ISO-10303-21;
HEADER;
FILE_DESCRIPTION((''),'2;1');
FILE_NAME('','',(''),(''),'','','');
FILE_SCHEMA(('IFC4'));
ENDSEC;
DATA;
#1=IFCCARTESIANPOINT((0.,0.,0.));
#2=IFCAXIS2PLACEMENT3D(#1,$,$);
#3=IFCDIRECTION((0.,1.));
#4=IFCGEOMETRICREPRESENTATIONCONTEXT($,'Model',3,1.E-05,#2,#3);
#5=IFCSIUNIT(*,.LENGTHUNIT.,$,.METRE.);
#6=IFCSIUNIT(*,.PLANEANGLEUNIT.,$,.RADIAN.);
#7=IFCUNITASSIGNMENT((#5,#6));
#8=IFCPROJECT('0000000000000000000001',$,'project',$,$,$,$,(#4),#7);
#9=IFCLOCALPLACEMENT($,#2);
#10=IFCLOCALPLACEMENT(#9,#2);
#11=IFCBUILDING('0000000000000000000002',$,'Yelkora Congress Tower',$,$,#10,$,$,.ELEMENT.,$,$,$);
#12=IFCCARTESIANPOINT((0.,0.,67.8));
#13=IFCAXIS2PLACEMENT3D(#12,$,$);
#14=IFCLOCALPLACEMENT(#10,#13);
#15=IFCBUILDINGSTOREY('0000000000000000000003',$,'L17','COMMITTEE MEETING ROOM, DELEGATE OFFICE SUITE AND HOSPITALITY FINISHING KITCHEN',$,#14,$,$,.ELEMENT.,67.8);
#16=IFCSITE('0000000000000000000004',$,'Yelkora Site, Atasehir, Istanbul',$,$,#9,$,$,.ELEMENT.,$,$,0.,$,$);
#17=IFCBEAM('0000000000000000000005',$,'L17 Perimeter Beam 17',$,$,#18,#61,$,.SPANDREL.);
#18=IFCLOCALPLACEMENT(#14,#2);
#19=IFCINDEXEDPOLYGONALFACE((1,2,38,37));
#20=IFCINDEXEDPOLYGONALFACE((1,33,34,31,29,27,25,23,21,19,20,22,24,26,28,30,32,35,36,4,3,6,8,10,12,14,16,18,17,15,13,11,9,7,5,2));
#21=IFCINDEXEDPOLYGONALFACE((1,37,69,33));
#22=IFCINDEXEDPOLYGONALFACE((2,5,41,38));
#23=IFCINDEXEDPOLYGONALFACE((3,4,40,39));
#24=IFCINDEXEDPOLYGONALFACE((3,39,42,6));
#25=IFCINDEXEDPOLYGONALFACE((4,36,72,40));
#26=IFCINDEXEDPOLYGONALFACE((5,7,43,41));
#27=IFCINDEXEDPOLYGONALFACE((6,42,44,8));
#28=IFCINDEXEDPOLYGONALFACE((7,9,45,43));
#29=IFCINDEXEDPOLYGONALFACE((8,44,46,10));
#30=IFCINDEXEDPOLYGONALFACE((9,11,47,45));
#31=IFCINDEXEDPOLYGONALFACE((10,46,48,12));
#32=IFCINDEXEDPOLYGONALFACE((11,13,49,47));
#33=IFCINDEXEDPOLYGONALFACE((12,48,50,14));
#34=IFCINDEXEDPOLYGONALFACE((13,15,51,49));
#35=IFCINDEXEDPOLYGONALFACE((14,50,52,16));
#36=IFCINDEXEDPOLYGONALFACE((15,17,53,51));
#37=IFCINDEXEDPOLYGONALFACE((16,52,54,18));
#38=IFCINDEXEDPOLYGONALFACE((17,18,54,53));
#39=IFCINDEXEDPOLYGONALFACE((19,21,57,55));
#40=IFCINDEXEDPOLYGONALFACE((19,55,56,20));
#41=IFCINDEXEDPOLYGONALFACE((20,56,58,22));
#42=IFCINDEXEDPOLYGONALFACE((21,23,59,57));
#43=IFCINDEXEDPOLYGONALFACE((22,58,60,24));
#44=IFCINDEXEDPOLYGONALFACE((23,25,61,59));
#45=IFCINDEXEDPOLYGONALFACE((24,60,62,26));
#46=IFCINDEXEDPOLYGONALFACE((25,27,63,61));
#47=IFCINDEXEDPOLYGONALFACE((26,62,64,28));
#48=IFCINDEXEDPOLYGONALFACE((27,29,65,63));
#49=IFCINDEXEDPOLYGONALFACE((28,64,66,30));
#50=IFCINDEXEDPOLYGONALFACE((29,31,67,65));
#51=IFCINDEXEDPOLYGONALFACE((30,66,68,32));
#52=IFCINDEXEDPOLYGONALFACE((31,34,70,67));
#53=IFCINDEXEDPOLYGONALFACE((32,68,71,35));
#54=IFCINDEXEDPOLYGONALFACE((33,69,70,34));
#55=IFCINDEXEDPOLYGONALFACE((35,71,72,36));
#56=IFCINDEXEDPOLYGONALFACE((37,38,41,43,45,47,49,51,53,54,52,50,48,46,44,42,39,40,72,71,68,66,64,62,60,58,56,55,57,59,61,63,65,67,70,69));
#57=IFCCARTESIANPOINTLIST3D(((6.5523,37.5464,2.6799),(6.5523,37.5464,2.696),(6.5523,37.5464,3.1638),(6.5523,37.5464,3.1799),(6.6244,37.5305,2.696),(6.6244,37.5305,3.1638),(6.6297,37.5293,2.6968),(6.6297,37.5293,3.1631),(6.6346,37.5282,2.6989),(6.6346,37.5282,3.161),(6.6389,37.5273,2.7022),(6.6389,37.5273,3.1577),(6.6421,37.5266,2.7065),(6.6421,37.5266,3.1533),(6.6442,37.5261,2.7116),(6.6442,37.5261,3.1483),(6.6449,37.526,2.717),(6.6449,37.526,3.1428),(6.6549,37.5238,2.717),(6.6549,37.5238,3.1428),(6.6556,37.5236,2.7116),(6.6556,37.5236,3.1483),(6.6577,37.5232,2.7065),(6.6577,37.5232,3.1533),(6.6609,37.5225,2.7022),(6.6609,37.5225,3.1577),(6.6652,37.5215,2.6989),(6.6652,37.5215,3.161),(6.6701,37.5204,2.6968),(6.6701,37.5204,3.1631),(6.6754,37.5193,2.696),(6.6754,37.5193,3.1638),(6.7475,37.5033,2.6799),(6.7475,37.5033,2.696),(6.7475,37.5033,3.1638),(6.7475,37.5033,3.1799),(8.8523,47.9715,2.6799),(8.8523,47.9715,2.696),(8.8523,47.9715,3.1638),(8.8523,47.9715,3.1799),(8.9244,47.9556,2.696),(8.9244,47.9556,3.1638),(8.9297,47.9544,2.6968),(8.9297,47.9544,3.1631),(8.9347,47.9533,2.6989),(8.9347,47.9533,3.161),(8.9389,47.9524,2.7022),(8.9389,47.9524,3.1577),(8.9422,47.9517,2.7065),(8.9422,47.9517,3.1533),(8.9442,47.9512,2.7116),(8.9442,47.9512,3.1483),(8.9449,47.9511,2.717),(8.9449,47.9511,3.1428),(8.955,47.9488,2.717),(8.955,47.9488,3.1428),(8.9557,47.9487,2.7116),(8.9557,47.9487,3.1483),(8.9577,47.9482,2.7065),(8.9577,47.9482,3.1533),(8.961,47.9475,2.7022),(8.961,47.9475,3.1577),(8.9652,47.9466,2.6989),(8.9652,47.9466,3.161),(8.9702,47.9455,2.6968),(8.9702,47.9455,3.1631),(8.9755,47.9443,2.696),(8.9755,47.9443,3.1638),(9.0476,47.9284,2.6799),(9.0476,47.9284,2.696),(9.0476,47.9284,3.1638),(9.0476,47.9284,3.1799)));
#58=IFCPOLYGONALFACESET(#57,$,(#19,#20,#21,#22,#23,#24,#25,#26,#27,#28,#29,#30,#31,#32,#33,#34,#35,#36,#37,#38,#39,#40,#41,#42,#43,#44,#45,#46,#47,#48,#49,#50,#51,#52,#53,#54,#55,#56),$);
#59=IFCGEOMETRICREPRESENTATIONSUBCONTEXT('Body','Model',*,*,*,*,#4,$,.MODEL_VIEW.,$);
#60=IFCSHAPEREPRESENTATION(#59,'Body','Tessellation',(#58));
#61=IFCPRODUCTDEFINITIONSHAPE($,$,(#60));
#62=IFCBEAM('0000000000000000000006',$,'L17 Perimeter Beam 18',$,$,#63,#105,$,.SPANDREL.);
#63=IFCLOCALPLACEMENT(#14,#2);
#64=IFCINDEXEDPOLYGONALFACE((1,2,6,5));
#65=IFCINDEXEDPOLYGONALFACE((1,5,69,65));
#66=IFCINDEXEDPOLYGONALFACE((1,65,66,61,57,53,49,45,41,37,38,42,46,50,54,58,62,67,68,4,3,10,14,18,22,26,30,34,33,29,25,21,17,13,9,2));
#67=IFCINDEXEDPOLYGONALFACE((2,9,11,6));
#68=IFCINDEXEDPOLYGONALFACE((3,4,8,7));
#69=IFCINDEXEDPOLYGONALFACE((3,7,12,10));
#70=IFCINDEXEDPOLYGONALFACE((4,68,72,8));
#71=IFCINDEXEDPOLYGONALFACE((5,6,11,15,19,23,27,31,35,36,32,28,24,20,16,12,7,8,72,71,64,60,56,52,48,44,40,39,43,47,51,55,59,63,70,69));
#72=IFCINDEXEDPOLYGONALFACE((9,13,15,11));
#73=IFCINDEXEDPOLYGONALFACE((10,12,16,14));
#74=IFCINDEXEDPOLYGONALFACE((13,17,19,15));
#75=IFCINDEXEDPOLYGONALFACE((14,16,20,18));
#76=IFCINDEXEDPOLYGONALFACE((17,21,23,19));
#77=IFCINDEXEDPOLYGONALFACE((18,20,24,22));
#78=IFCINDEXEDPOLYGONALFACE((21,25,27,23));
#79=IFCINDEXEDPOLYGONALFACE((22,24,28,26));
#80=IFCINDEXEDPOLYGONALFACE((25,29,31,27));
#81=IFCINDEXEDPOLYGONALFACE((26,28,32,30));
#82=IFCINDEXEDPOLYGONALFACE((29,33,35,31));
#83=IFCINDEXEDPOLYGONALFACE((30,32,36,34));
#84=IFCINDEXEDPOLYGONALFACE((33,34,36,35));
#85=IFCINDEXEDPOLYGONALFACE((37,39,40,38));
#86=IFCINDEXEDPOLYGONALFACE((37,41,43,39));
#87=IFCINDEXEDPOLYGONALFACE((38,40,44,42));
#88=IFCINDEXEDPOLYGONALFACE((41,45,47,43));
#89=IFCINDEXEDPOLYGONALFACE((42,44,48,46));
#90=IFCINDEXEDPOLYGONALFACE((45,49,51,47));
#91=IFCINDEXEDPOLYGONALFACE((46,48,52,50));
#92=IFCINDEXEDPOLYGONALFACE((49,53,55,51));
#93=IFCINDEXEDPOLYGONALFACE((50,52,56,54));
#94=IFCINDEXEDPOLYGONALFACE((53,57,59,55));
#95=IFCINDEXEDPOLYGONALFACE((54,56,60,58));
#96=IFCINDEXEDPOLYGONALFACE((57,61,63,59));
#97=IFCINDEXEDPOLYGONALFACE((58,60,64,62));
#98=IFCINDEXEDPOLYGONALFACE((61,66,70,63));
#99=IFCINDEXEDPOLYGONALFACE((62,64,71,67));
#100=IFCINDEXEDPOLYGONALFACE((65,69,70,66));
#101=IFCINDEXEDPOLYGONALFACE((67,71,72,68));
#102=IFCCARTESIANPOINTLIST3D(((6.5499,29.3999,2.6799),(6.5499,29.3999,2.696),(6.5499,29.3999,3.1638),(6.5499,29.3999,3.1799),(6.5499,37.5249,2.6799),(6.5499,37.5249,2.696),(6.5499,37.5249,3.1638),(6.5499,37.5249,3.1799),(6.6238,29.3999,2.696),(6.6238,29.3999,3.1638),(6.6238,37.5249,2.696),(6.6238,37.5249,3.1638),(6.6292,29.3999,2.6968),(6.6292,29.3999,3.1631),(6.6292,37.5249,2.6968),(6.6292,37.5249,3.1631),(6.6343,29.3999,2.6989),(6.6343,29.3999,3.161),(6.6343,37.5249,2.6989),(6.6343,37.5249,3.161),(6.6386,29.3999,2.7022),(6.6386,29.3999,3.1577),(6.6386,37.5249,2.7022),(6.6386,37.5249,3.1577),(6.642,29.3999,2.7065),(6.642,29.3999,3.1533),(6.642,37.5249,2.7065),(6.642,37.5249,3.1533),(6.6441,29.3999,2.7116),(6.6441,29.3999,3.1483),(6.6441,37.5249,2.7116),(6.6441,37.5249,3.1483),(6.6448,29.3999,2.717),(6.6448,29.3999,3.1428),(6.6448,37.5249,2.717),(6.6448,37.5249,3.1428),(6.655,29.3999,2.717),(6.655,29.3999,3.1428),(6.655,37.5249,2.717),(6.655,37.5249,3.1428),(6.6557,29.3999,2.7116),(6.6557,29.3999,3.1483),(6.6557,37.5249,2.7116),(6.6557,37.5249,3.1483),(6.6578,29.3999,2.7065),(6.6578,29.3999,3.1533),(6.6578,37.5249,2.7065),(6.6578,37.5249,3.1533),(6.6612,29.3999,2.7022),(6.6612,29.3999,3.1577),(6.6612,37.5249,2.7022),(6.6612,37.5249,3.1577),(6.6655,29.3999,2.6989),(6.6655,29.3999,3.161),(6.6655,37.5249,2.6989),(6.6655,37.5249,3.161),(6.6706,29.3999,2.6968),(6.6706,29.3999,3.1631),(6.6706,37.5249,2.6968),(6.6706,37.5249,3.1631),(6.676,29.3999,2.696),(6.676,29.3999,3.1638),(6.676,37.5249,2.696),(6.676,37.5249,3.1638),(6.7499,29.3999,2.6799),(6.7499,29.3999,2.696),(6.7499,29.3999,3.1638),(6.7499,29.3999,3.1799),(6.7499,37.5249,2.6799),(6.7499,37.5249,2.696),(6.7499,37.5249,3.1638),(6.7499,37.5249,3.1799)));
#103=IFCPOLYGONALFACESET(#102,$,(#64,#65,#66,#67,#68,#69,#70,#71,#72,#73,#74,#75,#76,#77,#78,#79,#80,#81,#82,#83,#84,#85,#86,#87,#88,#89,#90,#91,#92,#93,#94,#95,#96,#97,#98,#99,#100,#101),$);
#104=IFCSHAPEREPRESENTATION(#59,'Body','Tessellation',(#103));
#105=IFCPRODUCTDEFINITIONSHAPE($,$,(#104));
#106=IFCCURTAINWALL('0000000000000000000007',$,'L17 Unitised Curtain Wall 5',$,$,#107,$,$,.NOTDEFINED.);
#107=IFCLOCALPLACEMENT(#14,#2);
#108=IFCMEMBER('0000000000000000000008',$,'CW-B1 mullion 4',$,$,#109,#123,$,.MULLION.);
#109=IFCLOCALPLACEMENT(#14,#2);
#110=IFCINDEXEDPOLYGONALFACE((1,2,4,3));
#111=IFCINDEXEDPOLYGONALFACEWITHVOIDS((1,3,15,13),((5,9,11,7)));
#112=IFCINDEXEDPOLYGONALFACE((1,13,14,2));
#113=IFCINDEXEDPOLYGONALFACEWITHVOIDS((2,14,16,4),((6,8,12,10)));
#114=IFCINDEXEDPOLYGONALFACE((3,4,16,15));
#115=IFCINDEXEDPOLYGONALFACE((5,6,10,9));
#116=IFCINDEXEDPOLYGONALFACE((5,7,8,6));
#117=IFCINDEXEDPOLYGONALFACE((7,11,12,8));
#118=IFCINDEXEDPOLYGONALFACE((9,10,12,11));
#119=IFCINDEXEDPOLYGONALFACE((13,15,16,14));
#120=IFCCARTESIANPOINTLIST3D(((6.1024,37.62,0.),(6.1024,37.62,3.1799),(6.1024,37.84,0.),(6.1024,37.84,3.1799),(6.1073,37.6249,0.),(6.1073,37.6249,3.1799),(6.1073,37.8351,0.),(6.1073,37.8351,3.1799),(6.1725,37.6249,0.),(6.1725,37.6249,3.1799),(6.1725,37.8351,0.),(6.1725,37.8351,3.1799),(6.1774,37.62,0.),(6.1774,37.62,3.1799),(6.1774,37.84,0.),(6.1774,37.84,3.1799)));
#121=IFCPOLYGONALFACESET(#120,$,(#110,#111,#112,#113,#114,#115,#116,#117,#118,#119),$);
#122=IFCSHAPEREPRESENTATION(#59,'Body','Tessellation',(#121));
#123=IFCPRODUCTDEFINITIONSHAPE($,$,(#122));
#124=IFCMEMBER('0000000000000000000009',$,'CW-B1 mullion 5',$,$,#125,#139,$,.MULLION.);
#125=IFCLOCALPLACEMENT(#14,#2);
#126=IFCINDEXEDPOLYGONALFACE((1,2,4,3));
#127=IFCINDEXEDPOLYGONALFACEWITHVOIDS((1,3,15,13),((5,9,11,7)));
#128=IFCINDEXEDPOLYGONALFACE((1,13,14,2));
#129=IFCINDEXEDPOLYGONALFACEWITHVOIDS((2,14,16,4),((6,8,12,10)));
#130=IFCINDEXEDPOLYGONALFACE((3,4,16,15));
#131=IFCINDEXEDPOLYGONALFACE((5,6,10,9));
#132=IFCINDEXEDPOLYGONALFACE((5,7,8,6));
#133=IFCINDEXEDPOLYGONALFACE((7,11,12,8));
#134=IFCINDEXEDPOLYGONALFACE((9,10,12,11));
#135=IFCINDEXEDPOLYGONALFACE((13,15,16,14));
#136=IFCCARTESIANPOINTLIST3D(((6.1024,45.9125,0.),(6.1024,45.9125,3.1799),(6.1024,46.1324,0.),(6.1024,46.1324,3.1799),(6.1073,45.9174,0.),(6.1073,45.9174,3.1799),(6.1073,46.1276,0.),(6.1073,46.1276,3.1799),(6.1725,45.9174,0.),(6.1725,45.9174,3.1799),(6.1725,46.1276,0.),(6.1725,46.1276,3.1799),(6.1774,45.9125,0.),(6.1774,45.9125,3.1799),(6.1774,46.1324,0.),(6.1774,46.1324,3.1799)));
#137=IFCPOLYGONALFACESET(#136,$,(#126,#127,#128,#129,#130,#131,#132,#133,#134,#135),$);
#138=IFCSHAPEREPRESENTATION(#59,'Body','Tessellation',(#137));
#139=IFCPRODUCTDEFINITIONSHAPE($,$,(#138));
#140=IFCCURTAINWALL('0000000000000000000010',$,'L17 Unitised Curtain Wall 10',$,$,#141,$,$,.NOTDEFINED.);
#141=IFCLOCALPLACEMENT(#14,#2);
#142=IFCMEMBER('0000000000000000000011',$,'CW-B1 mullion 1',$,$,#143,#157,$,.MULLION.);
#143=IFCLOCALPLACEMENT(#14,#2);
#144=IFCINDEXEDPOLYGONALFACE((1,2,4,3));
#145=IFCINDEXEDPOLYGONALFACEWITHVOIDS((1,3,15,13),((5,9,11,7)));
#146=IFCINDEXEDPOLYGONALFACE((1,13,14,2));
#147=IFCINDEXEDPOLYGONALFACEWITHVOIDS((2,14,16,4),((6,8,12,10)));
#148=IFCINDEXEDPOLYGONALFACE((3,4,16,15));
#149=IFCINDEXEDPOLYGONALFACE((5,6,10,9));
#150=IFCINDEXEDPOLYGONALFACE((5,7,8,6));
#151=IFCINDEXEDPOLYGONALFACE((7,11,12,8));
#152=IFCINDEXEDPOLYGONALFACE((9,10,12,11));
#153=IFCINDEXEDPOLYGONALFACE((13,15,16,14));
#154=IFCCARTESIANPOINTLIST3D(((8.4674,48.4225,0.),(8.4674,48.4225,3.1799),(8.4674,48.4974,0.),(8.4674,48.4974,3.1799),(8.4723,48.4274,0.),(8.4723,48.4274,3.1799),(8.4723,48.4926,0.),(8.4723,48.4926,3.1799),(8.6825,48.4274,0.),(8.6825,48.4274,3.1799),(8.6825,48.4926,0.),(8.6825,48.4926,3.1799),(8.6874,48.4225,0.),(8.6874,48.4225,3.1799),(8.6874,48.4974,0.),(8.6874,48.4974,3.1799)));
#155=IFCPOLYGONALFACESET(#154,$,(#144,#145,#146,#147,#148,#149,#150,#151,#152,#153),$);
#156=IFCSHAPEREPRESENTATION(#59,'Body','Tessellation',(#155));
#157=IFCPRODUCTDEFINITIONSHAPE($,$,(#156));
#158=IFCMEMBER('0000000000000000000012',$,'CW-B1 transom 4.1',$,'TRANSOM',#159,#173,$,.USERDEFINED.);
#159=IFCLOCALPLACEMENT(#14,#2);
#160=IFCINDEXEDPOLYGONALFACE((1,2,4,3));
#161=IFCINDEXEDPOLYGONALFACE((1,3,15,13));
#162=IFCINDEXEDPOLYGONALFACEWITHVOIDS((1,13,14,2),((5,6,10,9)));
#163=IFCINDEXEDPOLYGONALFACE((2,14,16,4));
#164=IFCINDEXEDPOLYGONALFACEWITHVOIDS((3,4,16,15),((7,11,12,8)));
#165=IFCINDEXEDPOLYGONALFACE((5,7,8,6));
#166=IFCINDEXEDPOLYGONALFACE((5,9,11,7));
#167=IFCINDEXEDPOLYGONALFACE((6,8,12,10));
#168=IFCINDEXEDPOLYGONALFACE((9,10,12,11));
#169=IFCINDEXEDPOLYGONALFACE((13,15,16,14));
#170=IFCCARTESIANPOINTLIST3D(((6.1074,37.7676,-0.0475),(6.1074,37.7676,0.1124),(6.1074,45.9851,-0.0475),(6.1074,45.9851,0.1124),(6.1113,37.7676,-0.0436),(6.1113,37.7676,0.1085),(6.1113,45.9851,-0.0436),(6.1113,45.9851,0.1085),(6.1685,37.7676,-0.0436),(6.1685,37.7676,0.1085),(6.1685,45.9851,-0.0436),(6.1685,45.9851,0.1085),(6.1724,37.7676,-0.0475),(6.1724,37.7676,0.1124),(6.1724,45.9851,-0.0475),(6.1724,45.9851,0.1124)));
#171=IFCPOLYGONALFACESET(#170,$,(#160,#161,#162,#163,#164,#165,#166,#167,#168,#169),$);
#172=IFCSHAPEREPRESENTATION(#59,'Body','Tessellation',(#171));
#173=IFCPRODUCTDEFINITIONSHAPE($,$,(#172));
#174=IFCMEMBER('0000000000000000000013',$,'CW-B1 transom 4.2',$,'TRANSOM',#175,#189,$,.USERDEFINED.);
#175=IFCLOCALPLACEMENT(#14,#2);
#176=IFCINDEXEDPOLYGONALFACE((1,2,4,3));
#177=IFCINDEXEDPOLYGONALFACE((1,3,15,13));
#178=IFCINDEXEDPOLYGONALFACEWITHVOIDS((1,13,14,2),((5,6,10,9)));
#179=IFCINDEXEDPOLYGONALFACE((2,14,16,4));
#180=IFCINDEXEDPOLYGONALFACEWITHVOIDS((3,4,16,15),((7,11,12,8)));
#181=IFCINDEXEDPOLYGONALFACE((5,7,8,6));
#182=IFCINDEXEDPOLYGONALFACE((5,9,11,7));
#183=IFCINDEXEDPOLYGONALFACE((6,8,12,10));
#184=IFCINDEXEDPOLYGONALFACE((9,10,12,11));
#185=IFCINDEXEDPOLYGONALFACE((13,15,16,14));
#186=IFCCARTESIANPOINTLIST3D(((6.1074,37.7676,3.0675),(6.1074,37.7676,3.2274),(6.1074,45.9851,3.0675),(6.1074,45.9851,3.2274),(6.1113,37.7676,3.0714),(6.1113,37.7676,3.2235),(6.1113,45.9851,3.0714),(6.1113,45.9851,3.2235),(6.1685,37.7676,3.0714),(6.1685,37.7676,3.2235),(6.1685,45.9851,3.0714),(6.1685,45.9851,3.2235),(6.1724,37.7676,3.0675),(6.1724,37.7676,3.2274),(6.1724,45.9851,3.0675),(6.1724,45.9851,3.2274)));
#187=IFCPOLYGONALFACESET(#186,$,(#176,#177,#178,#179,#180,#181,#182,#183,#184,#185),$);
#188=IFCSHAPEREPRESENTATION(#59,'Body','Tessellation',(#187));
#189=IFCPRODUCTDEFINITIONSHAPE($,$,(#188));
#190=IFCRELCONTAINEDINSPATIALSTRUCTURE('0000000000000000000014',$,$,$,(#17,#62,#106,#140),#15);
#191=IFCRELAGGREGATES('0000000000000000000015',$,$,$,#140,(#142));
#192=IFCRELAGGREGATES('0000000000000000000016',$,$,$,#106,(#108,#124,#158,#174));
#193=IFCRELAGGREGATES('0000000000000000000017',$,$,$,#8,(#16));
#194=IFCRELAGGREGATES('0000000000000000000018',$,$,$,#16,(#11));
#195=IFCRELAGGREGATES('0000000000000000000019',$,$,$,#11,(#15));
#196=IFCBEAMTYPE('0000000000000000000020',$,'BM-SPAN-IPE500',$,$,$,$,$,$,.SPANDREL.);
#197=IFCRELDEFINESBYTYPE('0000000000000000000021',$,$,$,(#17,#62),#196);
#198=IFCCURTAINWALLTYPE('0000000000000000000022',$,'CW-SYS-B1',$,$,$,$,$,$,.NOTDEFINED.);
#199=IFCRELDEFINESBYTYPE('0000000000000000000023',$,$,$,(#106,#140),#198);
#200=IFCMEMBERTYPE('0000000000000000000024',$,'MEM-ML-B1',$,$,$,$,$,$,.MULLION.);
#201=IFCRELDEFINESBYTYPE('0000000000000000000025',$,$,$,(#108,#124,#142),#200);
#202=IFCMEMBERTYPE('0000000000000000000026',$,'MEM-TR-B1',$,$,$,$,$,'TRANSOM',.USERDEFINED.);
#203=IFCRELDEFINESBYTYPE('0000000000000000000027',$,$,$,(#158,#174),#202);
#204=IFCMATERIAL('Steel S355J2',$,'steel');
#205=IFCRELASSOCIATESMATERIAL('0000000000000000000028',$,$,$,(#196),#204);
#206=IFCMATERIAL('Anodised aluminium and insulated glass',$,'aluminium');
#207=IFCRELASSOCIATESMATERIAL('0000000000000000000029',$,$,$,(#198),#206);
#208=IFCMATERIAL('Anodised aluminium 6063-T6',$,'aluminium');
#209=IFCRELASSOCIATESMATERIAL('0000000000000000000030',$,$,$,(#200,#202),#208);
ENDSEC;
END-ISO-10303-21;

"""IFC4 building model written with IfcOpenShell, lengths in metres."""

from ifc_helpers import new_model, si_unit, direction, frame, origin, origin_2d, place, context, subcontext, project, spatial, hollow_rectangle, i_section, extrude, material, material_profile, profile_set, type_object, element, aggregate, save


model = new_model("IFC4")

# Units and contexts
model_context = context("Model", 3, precision=1e-05, world=origin(), true_north=direction((0.0, 1.0)))
body_context = subcontext(model_context, "Body", "Model", "MODEL_VIEW")
ifc_project = project(units=[si_unit("LENGTHUNIT", "METRE"), si_unit("PLANEANGLEUNIT", "RADIAN")], contexts=[model_context])

# Site, building, storey
site_placement = place(None, origin())
site = spatial("IfcSite", under=ifc_project, at=site_placement, Name="Yelkora Site, Atasehir, Istanbul", CompositionType="ELEMENT", RefElevation=0.0)
building_placement = place(site_placement, origin())
building = spatial("IfcBuilding", under=site, at=building_placement, Name="Yelkora Congress Tower", CompositionType="ELEMENT")
storey_placement = place(building_placement, frame((0.0, 0.0, 67.8)))
storey = spatial("IfcBuildingStorey", under=building, at=storey_placement, Name="L17", Description="COMMITTEE MEETING ROOM, DELEGATE OFFICE SUITE AND HOSPITALITY FINISHING KITCHEN", CompositionType="ELEMENT", Elevation=67.8)

# Beams
ifc_material_1 = material(Name="Steel S355J2", Category="steel")
ifc_material_profile_1 = material_profile(ifc_material_1, i_section(OverallWidth=0.2, OverallDepth=0.5, WebThickness=0.0103, FlangeThickness=0.0161, FilletRadius=0.021, at=origin_2d()), Name="IPE 500")
ifc_profile_set_1 = profile_set([ifc_material_profile_1], Name="Steel S355J2")
beam_type_1 = type_object("IfcBeamType", Name="BM-SPAN-IPE500", PredefinedType="SPANDREL", material=ifc_profile_set_1)
beam_1_placement = place(storey_placement, frame((8.95, 47.95, 2.9299), z_axis=(-0.215446, -0.976516, 0.0), x_axis=(0.976516, -0.215446, 0.0)))
element("IfcBeam", 1, at=beam_1_placement, inside=storey, type_object=beam_type_1, Name="L17 Perimeter Beam 17", PredefinedType="SPANDREL", context=body_context, shape_type="SweptSolid", body=[
    extrude(i_section(OverallWidth=0.2, OverallDepth=0.5, WebThickness=0.0103, FlangeThickness=0.0161, FilletRadius=0.021, at=origin_2d()), origin(), (0.0, 0.0, 1.0), 10.6758),
])
beam_2_placement = place(storey_placement, frame((6.6499, 37.5249, 2.9299), z_axis=(0.0, -1.0, 0.0), x_axis=(1.0, 0.0, 0.0)))
element("IfcBeam", 2, at=beam_2_placement, inside=storey, type_object=beam_type_1, Name="L17 Perimeter Beam 18", PredefinedType="SPANDREL", context=body_context, shape_type="SweptSolid", body=[
    extrude(i_section(OverallWidth=0.2, OverallDepth=0.5, WebThickness=0.0103, FlangeThickness=0.0161, FilletRadius=0.021, at=origin_2d()), origin(), (0.0, 0.0, 1.0), 8.125),
])

# Curtain wall, members
ifc_material_2 = material(Name="Anodised aluminium and insulated glass", Category="aluminium")
curtain_wall_type = type_object("IfcCurtainWallType", Name="CW-SYS-B1", PredefinedType="NOTDEFINED", material=ifc_material_2)
curtain_wall_1_placement = place(storey_placement, origin())
curtain_wall_1 = element("IfcCurtainWall", 3, at=curtain_wall_1_placement, inside=storey, type_object=curtain_wall_type, Name="L17 Unitised Curtain Wall 5", PredefinedType="NOTDEFINED")
ifc_material_3 = material(Name="Anodised aluminium 6063-T6", Category="aluminium")
ifc_material_profile_2 = material_profile(ifc_material_3, hollow_rectangle(XDim=0.075, YDim=0.22, WallThickness=0.0049, at=origin_2d()), Name="ALU 75x220x5")
ifc_profile_set_2 = profile_set([ifc_material_profile_2], Name="Anodised aluminium 6063-T6")
member_type_1 = type_object("IfcMemberType", Name="MEM-ML-B1", PredefinedType="MULLION", material=ifc_profile_set_2)
member_1_placement = place(storey_placement, frame((6.1399, 37.73, 0.0), z_axis=(0.0, 0.0, 1.0), x_axis=(-1.0, 0.0, 0.0)))
member_1 = element("IfcMember", 4, at=member_1_placement, type_object=member_type_1, Name="CW-B1 mullion 4", PredefinedType="MULLION", context=body_context, shape_type="SweptSolid", body=[
    extrude(hollow_rectangle(XDim=0.075, YDim=0.22, WallThickness=0.0049, at=origin_2d()), origin(), (0.0, 0.0, 1.0), 3.1799),
])
member_2_placement = place(storey_placement, frame((6.1399, 46.0225, 0.0), z_axis=(0.0, 0.0, 1.0), x_axis=(-1.0, 0.0, 0.0)))
member_2 = element("IfcMember", 5, at=member_2_placement, type_object=member_type_1, Name="CW-B1 mullion 5", PredefinedType="MULLION", context=body_context, shape_type="SweptSolid", body=[
    extrude(hollow_rectangle(XDim=0.075, YDim=0.22, WallThickness=0.0049, at=origin_2d()), origin(), (0.0, 0.0, 1.0), 3.1799),
])

# Curtain wall, member
curtain_wall_2_placement = place(storey_placement, origin())
curtain_wall_2 = element("IfcCurtainWall", 6, at=curtain_wall_2_placement, inside=storey, type_object=curtain_wall_type, Name="L17 Unitised Curtain Wall 10", PredefinedType="NOTDEFINED")
member_3_placement = place(storey_placement, frame((8.5774, 48.46, 0.0), z_axis=(0.0, 0.0, 1.0), x_axis=(0.0, 1.0, 0.0)))
member_3 = element("IfcMember", 7, at=member_3_placement, type_object=member_type_1, Name="CW-B1 mullion 1", PredefinedType="MULLION", context=body_context, shape_type="SweptSolid", body=[
    extrude(hollow_rectangle(XDim=0.075, YDim=0.22, WallThickness=0.0049, at=origin_2d()), origin(), (0.0, 0.0, 1.0), 3.1799),
])

# Members
ifc_material_profile_3 = material_profile(ifc_material_3, hollow_rectangle(XDim=0.0649, YDim=0.1599, WallThickness=0.0039, at=origin_2d()), Name="ALU 65x160x4")
ifc_profile_set_3 = profile_set([ifc_material_profile_3], Name="Anodised aluminium 6063-T6")
member_type_2 = type_object("IfcMemberType", Name="MEM-TR-B1", ElementType="TRANSOM", PredefinedType="USERDEFINED", material=ifc_profile_set_3)
member_4_placement = place(storey_placement, frame((6.1399, 37.7676, 0.0325), z_axis=(0.0, 1.0, 0.0), x_axis=(-1.0, 0.0, 0.0)))
member_4 = element("IfcMember", 8, at=member_4_placement, type_object=member_type_2, Name="CW-B1 transom 4.1", ObjectType="TRANSOM", PredefinedType="USERDEFINED", context=body_context, shape_type="SweptSolid", body=[
    extrude(hollow_rectangle(XDim=0.0649, YDim=0.1599, WallThickness=0.0039, at=origin_2d()), origin(), (0.0, 0.0, 1.0), 8.2175),
])
member_5_placement = place(storey_placement, frame((6.1399, 37.7676, 3.1475), z_axis=(0.0, 1.0, 0.0), x_axis=(-1.0, 0.0, 0.0)))
member_5 = element("IfcMember", 9, at=member_5_placement, type_object=member_type_2, Name="CW-B1 transom 4.2", ObjectType="TRANSOM", PredefinedType="USERDEFINED", context=body_context, shape_type="SweptSolid", body=[
    extrude(hollow_rectangle(XDim=0.0649, YDim=0.1599, WallThickness=0.0039, at=origin_2d()), origin(), (0.0, 0.0, 1.0), 8.2175),
])
aggregate(curtain_wall_2, [member_3])

aggregate(curtain_wall_1, [member_1, member_2, member_4, member_5])

save(model, "model.ifc")
